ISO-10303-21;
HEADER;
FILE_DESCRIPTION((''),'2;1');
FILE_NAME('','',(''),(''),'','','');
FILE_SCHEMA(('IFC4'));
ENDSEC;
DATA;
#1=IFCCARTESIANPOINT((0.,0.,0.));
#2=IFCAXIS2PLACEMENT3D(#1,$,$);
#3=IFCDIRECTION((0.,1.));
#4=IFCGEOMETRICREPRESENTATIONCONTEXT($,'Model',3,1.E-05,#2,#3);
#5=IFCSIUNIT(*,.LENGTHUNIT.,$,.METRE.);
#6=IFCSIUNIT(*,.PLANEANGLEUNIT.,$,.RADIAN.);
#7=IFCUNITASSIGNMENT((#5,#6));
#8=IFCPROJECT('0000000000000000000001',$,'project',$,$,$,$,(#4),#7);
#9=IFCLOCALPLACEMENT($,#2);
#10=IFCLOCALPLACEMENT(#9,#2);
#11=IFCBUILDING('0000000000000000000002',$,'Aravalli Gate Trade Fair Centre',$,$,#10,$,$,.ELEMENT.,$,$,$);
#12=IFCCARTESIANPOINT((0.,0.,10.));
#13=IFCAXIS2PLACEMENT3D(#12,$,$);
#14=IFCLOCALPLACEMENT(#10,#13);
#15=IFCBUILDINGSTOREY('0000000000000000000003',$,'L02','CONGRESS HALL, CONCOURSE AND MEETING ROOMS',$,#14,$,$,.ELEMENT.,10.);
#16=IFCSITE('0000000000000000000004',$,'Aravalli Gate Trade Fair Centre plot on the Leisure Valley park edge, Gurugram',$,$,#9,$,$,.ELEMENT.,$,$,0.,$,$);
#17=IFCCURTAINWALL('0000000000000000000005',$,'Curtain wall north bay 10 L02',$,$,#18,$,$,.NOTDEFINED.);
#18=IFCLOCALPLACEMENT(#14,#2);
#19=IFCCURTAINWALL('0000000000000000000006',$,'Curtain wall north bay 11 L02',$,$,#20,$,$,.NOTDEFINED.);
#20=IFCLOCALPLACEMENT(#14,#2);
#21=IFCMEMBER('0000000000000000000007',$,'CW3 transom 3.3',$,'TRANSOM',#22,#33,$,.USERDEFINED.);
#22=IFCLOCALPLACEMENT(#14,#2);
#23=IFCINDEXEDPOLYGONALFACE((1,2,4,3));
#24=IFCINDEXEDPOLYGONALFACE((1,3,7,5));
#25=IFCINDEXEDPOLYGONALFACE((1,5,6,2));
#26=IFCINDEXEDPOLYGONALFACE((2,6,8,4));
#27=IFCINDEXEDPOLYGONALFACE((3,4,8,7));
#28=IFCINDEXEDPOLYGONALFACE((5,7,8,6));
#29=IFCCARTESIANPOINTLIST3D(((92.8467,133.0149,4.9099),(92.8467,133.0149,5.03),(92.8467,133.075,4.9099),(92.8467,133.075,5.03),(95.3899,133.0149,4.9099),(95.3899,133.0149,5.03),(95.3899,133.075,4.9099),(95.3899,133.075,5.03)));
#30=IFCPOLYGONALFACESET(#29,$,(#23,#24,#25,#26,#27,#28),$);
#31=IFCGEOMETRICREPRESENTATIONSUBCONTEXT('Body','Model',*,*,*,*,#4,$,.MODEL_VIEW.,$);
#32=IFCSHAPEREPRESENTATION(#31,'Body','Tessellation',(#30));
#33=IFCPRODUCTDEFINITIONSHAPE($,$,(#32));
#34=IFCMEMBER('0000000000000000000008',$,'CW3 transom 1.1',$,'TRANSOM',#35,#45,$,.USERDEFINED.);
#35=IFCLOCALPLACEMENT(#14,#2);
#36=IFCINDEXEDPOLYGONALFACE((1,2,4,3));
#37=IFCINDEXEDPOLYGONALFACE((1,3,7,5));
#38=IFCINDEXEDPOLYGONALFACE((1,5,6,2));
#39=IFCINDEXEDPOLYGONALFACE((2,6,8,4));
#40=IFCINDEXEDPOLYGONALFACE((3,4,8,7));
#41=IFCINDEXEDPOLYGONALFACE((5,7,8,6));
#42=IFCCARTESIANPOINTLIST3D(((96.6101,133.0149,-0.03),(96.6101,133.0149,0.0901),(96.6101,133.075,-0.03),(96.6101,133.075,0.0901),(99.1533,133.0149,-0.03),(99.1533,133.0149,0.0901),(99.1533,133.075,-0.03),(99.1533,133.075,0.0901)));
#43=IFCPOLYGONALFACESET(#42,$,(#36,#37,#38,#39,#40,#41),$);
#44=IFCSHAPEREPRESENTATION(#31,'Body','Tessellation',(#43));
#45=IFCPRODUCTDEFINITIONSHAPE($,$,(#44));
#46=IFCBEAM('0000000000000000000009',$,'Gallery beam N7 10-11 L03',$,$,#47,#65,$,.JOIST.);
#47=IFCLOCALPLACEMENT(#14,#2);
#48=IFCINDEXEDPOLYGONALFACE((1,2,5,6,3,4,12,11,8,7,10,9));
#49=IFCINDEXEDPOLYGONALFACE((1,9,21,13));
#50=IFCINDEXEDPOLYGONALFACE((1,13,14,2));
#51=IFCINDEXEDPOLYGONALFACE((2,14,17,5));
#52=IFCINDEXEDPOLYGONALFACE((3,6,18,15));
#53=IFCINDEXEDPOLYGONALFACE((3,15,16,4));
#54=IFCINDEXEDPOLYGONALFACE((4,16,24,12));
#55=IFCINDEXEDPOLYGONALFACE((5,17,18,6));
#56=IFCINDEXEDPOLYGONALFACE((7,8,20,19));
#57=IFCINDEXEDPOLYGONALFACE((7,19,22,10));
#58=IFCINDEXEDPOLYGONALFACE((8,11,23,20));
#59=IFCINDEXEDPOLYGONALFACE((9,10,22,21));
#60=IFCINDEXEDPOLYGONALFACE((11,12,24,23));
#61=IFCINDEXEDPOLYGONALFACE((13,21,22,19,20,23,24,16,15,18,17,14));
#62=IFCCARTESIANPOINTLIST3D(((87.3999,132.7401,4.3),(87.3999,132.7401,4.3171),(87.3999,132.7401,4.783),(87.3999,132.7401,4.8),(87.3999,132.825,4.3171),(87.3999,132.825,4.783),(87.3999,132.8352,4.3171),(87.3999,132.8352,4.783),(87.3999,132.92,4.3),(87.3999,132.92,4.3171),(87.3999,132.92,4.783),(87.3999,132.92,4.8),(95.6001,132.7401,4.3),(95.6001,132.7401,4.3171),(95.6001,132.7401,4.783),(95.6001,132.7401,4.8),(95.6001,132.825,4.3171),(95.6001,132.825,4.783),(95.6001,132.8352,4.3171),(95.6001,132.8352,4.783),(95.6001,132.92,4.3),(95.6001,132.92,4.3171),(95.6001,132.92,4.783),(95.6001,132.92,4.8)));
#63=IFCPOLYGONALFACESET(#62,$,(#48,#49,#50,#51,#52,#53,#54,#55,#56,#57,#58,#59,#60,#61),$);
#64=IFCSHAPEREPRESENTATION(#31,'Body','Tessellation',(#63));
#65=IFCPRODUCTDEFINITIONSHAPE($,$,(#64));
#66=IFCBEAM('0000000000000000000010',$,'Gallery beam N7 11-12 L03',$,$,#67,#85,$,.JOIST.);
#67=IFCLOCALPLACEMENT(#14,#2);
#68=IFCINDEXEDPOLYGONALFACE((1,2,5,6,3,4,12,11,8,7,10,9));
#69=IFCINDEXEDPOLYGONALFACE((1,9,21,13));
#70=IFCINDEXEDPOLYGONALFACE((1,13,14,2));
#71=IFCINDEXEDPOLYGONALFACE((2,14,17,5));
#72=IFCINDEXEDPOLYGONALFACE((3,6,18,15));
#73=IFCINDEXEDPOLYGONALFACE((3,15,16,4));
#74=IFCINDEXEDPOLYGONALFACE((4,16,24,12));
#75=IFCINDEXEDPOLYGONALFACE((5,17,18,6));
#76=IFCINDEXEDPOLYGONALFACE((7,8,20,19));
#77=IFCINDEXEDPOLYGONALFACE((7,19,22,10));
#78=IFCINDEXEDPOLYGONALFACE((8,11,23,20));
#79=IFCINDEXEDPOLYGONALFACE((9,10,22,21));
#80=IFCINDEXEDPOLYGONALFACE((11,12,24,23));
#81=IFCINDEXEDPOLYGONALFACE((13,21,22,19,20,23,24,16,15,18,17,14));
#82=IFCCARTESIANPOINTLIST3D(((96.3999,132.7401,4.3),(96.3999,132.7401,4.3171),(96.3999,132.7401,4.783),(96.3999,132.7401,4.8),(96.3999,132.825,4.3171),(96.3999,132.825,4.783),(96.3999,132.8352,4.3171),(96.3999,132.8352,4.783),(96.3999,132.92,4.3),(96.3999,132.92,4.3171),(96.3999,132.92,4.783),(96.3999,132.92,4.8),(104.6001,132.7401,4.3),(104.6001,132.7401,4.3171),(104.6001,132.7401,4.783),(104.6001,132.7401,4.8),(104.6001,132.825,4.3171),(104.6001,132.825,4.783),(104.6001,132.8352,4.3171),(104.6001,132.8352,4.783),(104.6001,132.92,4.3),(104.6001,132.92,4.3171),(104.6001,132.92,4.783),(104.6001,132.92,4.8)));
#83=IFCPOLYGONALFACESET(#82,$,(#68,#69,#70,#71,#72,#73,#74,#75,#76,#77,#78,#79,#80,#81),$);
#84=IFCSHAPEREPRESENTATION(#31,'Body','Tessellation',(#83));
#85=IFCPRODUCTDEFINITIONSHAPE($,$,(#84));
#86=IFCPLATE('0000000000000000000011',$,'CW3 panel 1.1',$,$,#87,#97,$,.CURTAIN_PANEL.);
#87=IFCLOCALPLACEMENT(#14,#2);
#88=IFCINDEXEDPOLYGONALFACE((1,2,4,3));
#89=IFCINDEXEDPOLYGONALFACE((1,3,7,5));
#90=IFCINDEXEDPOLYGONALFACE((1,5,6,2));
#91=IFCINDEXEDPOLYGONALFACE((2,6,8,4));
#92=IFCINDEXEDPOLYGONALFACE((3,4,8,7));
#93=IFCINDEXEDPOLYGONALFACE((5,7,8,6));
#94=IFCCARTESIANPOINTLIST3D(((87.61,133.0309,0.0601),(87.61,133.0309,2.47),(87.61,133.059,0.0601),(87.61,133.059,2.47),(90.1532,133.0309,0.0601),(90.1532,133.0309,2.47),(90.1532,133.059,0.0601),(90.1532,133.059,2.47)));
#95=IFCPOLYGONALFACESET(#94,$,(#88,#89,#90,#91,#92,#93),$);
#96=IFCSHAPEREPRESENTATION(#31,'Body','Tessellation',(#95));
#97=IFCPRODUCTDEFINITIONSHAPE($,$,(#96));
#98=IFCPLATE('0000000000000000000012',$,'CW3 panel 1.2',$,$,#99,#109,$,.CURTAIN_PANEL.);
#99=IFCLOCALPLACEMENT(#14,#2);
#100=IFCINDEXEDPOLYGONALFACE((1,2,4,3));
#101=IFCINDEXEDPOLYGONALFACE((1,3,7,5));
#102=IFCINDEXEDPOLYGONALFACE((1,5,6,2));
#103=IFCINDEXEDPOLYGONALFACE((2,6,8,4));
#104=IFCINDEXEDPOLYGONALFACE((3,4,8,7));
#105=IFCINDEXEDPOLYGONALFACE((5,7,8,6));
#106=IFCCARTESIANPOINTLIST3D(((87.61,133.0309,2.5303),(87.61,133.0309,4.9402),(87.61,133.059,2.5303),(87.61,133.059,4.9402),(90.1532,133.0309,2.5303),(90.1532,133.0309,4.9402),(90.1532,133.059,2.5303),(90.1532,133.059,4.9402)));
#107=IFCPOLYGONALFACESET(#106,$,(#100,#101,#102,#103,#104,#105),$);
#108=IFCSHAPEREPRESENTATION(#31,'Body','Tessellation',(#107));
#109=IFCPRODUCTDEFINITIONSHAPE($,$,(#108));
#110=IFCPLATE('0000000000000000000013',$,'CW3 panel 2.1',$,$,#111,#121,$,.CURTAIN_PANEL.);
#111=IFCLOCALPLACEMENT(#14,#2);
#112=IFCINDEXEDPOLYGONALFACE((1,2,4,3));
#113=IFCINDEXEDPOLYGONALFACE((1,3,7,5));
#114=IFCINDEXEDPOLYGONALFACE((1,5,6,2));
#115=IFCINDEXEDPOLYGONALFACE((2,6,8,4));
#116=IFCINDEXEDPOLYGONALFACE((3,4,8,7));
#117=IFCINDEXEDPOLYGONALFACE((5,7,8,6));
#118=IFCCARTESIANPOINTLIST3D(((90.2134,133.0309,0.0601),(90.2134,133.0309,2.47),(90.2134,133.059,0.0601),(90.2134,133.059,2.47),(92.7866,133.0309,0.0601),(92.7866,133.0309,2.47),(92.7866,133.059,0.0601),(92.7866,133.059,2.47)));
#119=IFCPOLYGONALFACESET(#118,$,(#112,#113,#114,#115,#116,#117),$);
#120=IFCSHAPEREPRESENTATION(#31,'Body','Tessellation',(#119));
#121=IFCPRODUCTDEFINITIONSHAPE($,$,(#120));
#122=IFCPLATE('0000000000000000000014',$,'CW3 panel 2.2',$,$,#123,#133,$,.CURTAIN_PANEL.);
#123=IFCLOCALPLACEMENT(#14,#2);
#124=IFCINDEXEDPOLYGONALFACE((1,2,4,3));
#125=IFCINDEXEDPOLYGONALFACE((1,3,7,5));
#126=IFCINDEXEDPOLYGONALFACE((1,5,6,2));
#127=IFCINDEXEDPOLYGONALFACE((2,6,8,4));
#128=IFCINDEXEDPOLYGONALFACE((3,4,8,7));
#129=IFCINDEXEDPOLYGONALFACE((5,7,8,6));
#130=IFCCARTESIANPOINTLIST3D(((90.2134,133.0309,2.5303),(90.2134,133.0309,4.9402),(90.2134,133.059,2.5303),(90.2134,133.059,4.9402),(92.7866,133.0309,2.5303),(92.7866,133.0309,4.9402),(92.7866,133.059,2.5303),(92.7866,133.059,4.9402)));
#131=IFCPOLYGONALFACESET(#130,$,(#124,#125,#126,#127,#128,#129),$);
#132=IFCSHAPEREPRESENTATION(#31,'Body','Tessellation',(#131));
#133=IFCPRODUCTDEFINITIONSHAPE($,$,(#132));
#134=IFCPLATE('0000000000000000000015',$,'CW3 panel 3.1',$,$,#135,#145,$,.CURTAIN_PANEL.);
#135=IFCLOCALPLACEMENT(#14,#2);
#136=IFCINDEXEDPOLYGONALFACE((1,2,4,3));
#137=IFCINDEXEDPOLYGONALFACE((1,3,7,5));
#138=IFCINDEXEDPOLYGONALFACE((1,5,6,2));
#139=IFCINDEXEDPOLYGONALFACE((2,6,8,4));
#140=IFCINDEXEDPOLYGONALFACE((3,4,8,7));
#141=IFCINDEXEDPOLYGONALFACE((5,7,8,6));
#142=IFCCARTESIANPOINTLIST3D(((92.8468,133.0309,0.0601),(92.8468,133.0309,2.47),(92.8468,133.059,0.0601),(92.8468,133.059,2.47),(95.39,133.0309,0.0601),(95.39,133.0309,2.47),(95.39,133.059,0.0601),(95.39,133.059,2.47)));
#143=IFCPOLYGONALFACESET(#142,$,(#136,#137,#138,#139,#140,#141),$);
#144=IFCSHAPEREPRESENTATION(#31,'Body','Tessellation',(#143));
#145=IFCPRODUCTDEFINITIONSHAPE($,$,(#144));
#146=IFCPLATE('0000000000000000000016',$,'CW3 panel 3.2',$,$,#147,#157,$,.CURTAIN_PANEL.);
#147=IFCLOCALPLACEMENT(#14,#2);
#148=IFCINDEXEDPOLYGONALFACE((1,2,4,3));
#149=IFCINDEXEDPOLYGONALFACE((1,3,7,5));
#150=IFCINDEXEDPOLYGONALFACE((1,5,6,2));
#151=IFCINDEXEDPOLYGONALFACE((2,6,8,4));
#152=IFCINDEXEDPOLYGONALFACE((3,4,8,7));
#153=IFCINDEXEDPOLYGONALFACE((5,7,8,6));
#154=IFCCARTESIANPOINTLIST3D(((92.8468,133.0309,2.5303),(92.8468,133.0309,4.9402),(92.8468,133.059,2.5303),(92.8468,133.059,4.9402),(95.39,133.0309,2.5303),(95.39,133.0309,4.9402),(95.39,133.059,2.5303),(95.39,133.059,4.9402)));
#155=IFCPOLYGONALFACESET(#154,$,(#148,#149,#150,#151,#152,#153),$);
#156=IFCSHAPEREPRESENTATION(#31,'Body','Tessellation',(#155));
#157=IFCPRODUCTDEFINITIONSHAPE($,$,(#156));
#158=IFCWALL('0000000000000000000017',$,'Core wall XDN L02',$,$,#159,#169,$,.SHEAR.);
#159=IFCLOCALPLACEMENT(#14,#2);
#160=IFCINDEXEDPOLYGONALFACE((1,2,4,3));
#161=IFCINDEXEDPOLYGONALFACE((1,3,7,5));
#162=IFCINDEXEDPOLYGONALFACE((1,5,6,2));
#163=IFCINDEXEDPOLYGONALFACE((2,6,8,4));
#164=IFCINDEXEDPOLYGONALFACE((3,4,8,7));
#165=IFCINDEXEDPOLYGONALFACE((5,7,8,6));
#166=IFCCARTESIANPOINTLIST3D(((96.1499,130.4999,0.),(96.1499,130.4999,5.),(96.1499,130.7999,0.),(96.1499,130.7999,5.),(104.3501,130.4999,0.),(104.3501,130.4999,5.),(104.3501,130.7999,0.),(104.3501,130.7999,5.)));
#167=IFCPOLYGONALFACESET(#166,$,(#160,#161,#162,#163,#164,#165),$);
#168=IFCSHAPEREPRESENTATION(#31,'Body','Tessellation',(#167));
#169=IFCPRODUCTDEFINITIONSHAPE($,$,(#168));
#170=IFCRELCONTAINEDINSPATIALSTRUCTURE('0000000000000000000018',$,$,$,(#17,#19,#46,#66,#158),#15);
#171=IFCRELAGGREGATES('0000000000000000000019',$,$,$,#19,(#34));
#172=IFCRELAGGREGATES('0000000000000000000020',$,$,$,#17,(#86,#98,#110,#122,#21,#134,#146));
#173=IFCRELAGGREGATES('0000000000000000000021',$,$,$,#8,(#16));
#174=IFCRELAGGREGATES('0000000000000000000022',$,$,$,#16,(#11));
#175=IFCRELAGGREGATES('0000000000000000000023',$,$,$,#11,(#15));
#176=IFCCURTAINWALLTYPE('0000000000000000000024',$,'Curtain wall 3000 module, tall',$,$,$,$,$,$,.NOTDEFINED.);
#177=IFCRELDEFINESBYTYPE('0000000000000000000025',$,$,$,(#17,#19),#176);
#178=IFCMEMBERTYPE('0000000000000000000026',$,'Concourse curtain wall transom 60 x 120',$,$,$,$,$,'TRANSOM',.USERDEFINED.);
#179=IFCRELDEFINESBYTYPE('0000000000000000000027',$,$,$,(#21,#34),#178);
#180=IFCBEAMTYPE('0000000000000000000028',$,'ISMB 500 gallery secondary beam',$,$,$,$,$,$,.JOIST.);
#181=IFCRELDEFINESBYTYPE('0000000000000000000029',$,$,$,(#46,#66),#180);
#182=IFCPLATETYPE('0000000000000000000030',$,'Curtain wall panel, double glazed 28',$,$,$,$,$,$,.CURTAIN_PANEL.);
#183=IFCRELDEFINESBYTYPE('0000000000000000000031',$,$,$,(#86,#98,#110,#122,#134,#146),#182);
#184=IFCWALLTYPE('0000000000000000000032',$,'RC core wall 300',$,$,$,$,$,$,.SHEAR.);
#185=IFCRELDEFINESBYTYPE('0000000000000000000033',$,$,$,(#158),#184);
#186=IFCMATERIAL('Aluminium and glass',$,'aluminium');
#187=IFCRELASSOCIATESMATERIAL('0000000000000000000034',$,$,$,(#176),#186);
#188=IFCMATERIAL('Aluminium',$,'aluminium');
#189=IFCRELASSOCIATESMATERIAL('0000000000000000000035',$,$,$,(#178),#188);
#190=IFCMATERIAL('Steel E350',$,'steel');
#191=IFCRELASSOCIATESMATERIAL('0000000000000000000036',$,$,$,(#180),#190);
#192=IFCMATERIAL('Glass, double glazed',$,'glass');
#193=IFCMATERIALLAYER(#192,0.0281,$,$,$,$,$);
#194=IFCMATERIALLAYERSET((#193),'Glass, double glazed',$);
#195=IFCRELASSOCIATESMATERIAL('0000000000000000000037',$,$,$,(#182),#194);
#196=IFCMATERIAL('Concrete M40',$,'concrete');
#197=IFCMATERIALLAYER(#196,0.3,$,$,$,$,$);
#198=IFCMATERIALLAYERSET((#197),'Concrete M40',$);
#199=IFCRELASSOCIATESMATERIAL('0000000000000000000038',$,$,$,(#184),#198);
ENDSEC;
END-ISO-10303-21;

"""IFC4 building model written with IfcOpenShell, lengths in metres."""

from ifc_helpers import new_model, si_unit, direction, frame, frame_2d, origin, origin_2d, place, context, subcontext, project, spatial, rectangle, i_section, extrude, material, layer, layer_set, material_profile, profile_set, type_object, element, aggregate, save


model = new_model("IFC4")

# Units and contexts
model_context = context("Model", 3, precision=1e-05, world=origin(), true_north=direction((0.0, 1.0)))
body_context = subcontext(model_context, "Body", "Model", "MODEL_VIEW")
ifc_project = project(units=[si_unit("LENGTHUNIT", "METRE"), si_unit("PLANEANGLEUNIT", "RADIAN")], contexts=[model_context])

# Site, building, storey
site_placement = place(None, origin())
site = spatial("IfcSite", under=ifc_project, at=site_placement, Name="Aravalli Gate Trade Fair Centre plot on the Leisure Valley park edge, Gurugram", CompositionType="ELEMENT", RefElevation=0.0)
building_placement = place(site_placement, origin())
building = spatial("IfcBuilding", under=site, at=building_placement, Name="Aravalli Gate Trade Fair Centre", CompositionType="ELEMENT")
storey_placement = place(building_placement, frame((0.0, 0.0, 10.0)))
storey = spatial("IfcBuildingStorey", under=building, at=storey_placement, Name="L02", Description="CONGRESS HALL, CONCOURSE AND MEETING ROOMS", CompositionType="ELEMENT", Elevation=10.0)

# Curtain wall
ifc_material_1 = material(Name="Aluminium and glass", Category="aluminium")
curtain_wall_type = type_object("IfcCurtainWallType", Name="Curtain wall 3000 module, tall", PredefinedType="NOTDEFINED", material=ifc_material_1)
curtain_wall_1_placement = place(storey_placement, origin())
curtain_wall_1 = element("IfcCurtainWall", 1, at=curtain_wall_1_placement, inside=storey, type_object=curtain_wall_type, Name="Curtain wall north bay 10 L02", PredefinedType="NOTDEFINED")
ifc_material_2 = material(Name="Aluminium", Category="aluminium")

# Curtain wall
curtain_wall_2_placement = place(storey_placement, origin())
curtain_wall_2 = element("IfcCurtainWall", 2, at=curtain_wall_2_placement, inside=storey, type_object=curtain_wall_type, Name="Curtain wall north bay 11 L02", PredefinedType="NOTDEFINED")

# Members
ifc_material_profile_1 = material_profile(ifc_material_2, rectangle(XDim=0.0601, YDim=0.1201, at=origin_2d()), Name="Concourse curtain wall transom 60 x 120")
ifc_profile_set_1 = profile_set([ifc_material_profile_1], Name="Aluminium")
member_type_1 = type_object("IfcMemberType", Name="Concourse curtain wall transom 60 x 120", ElementType="TRANSOM", PredefinedType="USERDEFINED", material=ifc_profile_set_1)
member_1_placement = place(storey_placement, frame((92.8467, 133.0449, 4.97), z_axis=(1.0, 0.0, 0.0), x_axis=(0.0, 1.0, 0.0)))
member_1 = element("IfcMember", 3, at=member_1_placement, type_object=member_type_1, Name="CW3 transom 3.3", ObjectType="TRANSOM", PredefinedType="USERDEFINED", context=body_context, shape_type="SweptSolid", body=[
    extrude(rectangle(XDim=0.0601, YDim=0.1201, at=origin_2d()), origin(), (0.0, 0.0, 1.0), 2.5432),
])
member_2_placement = place(storey_placement, frame((96.6101, 133.0449, 0.03), z_axis=(1.0, 0.0, 0.0), x_axis=(0.0, 1.0, 0.0)))
member_2 = element("IfcMember", 4, at=member_2_placement, type_object=member_type_1, Name="CW3 transom 1.1", ObjectType="TRANSOM", PredefinedType="USERDEFINED", context=body_context, shape_type="SweptSolid", body=[
    extrude(rectangle(XDim=0.0601, YDim=0.1201, at=origin_2d()), origin(), (0.0, 0.0, 1.0), 2.5432),
])
aggregate(curtain_wall_2, [member_2])

# Beams
ifc_material_3 = material(Name="Steel E350", Category="steel")
ifc_material_profile_2 = material_profile(ifc_material_3, i_section(OverallWidth=0.1799, OverallDepth=0.5, WebThickness=0.0103, FlangeThickness=0.0171, at=origin_2d()), Name="ISMB 500")
ifc_profile_set_2 = profile_set([ifc_material_profile_2], Name="Steel E350")
beam_type = type_object("IfcBeamType", Name="ISMB 500 gallery secondary beam", PredefinedType="JOIST", material=ifc_profile_set_2)
for number, where, z_axis, x_axis, name in (
    (5, (87.3999, 132.8301, 4.55), (1.0, 0.0, 0.0), (0.0, 1.0, 0.0), "Gallery beam N7 10-11 L03"),
    (6, (96.3999, 132.8301, 4.55), (1.0, 0.0, 0.0), (0.0, 1.0, 0.0), "Gallery beam N7 11-12 L03"),
):
    element("IfcBeam", number, at=place(storey_placement, frame(where, z_axis=z_axis, x_axis=x_axis)), inside=storey, type_object=beam_type, Name=name, PredefinedType="JOIST", context=body_context, shape_type="SweptSolid", body=[
        extrude(i_section(OverallWidth=0.1799, OverallDepth=0.5, WebThickness=0.0103, FlangeThickness=0.0171, at=origin_2d()), origin(), (0.0, 0.0, 1.0), 8.2002),
    ])

# Plates
ifc_material_4 = material(Name="Glass, double glazed", Category="glass")
ifc_layer_1 = layer(ifc_material_4, 0.0281)
ifc_layer_set_1 = layer_set([ifc_layer_1], Name="Glass, double glazed")
plate_type = type_object("IfcPlateType", Name="Curtain wall panel, double glazed 28", PredefinedType="CURTAIN_PANEL", material=ifc_layer_set_1)
plate_1_placement = place(storey_placement, frame((88.8816, 133.0449, 0.0601), z_axis=(0.0, 0.0, 1.0), x_axis=(1.0, 0.0, 0.0)))
plate_1 = element("IfcPlate", 7, at=plate_1_placement, type_object=plate_type, Name="CW3 panel 1.1", PredefinedType="CURTAIN_PANEL", context=body_context, shape_type="SweptSolid", body=[
    extrude(rectangle(XDim=2.5432, YDim=0.0281, at=origin_2d()), origin(), (0.0, 0.0, 1.0), 2.4099),
])
plate_2_placement = place(storey_placement, frame((88.8816, 133.0449, 2.5303), z_axis=(0.0, 0.0, 1.0), x_axis=(1.0, 0.0, 0.0)))
plate_2 = element("IfcPlate", 8, at=plate_2_placement, type_object=plate_type, Name="CW3 panel 1.2", PredefinedType="CURTAIN_PANEL", context=body_context, shape_type="SweptSolid", body=[
    extrude(rectangle(XDim=2.5432, YDim=0.0281, at=origin_2d()), origin(), (0.0, 0.0, 1.0), 2.4099),
])
plate_3_placement = place(storey_placement, frame((91.5, 133.0449, 0.0601), z_axis=(0.0, 0.0, 1.0), x_axis=(1.0, 0.0, 0.0)))
plate_3 = element("IfcPlate", 9, at=plate_3_placement, type_object=plate_type, Name="CW3 panel 2.1", PredefinedType="CURTAIN_PANEL", context=body_context, shape_type="SweptSolid", body=[
    extrude(rectangle(XDim=2.5732, YDim=0.0281, at=origin_2d()), origin(), (0.0, 0.0, 1.0), 2.4099),
])
plate_4_placement = place(storey_placement, frame((91.5, 133.0449, 2.5303), z_axis=(0.0, 0.0, 1.0), x_axis=(1.0, 0.0, 0.0)))
plate_4 = element("IfcPlate", 10, at=plate_4_placement, type_object=plate_type, Name="CW3 panel 2.2", PredefinedType="CURTAIN_PANEL", context=body_context, shape_type="SweptSolid", body=[
    extrude(rectangle(XDim=2.5732, YDim=0.0281, at=origin_2d()), origin(), (0.0, 0.0, 1.0), 2.4099),
])
plate_5_placement = place(storey_placement, frame((94.1184, 133.0449, 0.0601), z_axis=(0.0, 0.0, 1.0), x_axis=(1.0, 0.0, 0.0)))
plate_5 = element("IfcPlate", 11, at=plate_5_placement, type_object=plate_type, Name="CW3 panel 3.1", PredefinedType="CURTAIN_PANEL", context=body_context, shape_type="SweptSolid", body=[
    extrude(rectangle(XDim=2.5432, YDim=0.0281, at=origin_2d()), origin(), (0.0, 0.0, 1.0), 2.4099),
])
plate_6_placement = place(storey_placement, frame((94.1184, 133.0449, 2.5303), z_axis=(0.0, 0.0, 1.0), x_axis=(1.0, 0.0, 0.0)))
plate_6 = element("IfcPlate", 12, at=plate_6_placement, type_object=plate_type, Name="CW3 panel 3.2", PredefinedType="CURTAIN_PANEL", context=body_context, shape_type="SweptSolid", body=[
    extrude(rectangle(XDim=2.5432, YDim=0.0281, at=origin_2d()), origin(), (0.0, 0.0, 1.0), 2.4099),
])
aggregate(curtain_wall_1, [plate_1, plate_2, plate_3, plate_4, member_1, plate_5, plate_6])

# Wall
ifc_material_5 = material(Name="Concrete M40", Category="concrete")
ifc_layer_2 = layer(ifc_material_5, 0.3)
ifc_layer_set_2 = layer_set([ifc_layer_2], Name="Concrete M40")
wall_type = type_object("IfcWallType", Name="RC core wall 300", PredefinedType="SHEAR", material=ifc_layer_set_2)
wall_placement = place(storey_placement, frame((96.1499, 130.6499, 0.0), z_axis=(0.0, 0.0, 1.0), x_axis=(1.0, 0.0, 0.0)))
element("IfcWall", 13, at=wall_placement, inside=storey, type_object=wall_type, Name="Core wall XDN L02", PredefinedType="SHEAR", context=body_context, shape_type="SweptSolid", body=[
    extrude(rectangle(XDim=8.2002, YDim=0.3, at=frame_2d((4.1001, 0.0))), origin(), (0.0, 0.0, 1.0), 5.0),
])

save(model, "model.ifc")
